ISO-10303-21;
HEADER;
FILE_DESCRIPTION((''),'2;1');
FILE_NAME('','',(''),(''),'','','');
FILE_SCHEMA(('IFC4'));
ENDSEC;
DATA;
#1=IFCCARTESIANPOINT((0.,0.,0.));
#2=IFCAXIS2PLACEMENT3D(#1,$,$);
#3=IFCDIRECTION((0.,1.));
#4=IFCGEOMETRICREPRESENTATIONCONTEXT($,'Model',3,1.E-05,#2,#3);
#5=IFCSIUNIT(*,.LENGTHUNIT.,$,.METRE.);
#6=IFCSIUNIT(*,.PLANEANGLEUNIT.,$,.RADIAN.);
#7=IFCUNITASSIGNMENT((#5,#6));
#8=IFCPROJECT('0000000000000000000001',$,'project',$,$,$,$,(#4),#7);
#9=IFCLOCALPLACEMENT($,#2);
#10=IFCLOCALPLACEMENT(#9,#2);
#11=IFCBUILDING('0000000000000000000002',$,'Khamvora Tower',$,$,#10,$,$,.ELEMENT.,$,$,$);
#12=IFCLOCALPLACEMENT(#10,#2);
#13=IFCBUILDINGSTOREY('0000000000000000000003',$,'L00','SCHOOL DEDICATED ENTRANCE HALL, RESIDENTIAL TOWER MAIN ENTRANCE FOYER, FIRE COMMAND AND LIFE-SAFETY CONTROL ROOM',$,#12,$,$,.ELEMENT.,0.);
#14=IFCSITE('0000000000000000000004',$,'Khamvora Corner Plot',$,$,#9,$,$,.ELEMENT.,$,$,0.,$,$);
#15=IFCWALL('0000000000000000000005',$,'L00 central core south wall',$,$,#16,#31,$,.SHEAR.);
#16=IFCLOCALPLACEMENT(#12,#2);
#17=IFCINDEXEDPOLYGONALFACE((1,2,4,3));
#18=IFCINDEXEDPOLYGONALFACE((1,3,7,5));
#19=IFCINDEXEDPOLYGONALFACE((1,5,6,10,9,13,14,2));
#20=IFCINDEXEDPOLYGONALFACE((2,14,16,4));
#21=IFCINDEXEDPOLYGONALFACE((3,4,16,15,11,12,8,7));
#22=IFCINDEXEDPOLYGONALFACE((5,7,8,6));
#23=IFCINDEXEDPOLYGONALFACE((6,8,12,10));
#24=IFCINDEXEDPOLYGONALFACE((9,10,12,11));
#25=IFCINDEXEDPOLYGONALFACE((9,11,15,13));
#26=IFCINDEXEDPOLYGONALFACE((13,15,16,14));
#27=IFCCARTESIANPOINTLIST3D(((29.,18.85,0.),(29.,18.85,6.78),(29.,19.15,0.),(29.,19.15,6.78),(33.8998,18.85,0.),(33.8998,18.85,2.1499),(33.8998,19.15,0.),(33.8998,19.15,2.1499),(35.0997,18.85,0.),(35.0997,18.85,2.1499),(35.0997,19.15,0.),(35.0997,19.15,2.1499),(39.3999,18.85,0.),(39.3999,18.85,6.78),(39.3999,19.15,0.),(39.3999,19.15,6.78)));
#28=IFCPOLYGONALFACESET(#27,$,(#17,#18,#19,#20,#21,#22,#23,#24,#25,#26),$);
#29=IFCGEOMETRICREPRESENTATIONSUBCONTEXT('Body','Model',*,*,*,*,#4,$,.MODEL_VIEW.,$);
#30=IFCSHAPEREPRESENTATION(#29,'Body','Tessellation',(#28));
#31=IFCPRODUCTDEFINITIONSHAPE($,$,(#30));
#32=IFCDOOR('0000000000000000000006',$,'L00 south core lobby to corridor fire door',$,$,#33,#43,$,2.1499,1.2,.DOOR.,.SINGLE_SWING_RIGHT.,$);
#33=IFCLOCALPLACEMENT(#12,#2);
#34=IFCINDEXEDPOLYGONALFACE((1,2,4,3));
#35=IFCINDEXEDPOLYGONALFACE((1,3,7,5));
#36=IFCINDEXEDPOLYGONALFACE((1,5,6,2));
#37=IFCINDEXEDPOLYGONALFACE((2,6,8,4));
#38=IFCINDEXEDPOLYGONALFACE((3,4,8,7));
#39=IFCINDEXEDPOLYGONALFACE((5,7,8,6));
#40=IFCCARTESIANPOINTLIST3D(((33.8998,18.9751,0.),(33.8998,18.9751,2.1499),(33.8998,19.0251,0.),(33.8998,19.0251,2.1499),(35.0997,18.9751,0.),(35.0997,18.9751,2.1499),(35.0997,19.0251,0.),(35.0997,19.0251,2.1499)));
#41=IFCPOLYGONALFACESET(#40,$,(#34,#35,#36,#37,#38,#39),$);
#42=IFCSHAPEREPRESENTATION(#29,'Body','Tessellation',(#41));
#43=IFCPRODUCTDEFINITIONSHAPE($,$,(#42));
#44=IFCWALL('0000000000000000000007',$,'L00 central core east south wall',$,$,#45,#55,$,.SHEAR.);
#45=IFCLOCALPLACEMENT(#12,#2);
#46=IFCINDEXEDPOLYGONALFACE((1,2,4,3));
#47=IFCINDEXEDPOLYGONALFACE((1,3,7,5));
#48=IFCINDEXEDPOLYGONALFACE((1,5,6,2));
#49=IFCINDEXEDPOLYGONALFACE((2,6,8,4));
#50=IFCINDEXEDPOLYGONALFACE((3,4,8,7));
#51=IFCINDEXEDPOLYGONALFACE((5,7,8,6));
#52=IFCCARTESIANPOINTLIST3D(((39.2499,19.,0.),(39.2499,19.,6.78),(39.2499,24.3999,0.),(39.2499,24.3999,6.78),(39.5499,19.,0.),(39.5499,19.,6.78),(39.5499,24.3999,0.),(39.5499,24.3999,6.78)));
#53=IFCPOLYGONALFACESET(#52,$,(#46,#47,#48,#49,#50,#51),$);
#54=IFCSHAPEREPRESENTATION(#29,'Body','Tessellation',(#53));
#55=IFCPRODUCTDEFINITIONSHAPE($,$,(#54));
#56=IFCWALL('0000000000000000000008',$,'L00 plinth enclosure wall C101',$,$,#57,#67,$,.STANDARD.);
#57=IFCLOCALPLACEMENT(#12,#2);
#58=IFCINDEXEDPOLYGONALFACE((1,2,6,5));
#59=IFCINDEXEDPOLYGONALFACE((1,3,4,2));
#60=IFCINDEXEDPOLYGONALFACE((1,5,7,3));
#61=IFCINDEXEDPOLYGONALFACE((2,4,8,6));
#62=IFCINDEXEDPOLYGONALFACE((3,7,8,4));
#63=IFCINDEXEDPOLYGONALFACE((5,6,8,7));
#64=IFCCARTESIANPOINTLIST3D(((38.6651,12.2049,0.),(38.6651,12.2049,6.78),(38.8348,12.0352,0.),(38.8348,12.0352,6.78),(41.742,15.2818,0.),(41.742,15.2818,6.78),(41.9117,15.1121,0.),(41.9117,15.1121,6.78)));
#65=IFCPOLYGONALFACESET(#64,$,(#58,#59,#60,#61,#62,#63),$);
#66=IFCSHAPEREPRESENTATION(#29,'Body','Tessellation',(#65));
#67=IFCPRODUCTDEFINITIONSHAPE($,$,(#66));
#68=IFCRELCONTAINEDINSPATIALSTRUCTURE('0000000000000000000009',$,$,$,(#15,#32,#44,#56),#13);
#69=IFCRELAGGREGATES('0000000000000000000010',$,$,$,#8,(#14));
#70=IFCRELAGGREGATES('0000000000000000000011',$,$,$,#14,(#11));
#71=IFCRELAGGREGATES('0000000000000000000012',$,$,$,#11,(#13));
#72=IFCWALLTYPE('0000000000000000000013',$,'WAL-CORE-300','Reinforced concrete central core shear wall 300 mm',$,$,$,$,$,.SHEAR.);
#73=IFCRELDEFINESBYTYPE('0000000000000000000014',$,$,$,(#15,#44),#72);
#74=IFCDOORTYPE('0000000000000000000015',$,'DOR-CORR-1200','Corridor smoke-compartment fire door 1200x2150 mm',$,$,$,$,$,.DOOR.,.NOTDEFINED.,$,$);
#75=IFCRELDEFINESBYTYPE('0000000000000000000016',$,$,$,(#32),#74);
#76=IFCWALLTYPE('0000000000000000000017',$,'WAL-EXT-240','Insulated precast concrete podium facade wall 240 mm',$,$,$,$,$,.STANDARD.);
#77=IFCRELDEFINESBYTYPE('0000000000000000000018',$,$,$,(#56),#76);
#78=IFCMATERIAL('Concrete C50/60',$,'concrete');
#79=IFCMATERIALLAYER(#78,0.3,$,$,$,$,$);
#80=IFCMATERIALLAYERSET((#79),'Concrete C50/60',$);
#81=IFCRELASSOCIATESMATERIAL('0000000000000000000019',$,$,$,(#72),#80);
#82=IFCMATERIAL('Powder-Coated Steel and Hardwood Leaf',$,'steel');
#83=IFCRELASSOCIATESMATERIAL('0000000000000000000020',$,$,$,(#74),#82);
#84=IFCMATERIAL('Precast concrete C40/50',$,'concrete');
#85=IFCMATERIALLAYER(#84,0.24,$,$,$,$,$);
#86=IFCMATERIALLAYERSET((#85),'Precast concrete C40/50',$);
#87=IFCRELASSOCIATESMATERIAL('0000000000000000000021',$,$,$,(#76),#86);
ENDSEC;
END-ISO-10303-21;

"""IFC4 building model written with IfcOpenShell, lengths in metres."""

from ifc_helpers import new_model, si_unit, direction, frame, frame_2d, origin, place, context, subcontext, project, spatial, rectangle, extrude, material, layer, layer_set, type_object, element, fill, save


model = new_model("IFC4")

# Units and contexts
model_context = context("Model", 3, precision=1e-05, world=origin(), true_north=direction((0.0, 1.0)))
body_context = subcontext(model_context, "Body", "Model", "MODEL_VIEW")
ifc_project = project(units=[si_unit("LENGTHUNIT", "METRE"), si_unit("PLANEANGLEUNIT", "RADIAN")], contexts=[model_context])

# Site, building, storey
site_placement = place(None, origin())
site = spatial("IfcSite", under=ifc_project, at=site_placement, Name="Khamvora Corner Plot", CompositionType="ELEMENT", RefElevation=0.0)
building_placement = place(site_placement, origin())
building = spatial("IfcBuilding", under=site, at=building_placement, Name="Khamvora Tower", CompositionType="ELEMENT")
storey_placement = place(building_placement, origin())
storey = spatial("IfcBuildingStorey", under=building, at=storey_placement, Name="L00", Description="SCHOOL DEDICATED ENTRANCE HALL, RESIDENTIAL TOWER MAIN ENTRANCE FOYER, FIRE COMMAND AND LIFE-SAFETY CONTROL ROOM", CompositionType="ELEMENT", Elevation=0.0)

# Wall, opening, door
ifc_material_1 = material(Name="Concrete C50/60", Category="concrete")
ifc_layer_1 = layer(ifc_material_1, 0.3)
ifc_layer_set_1 = layer_set([ifc_layer_1], Name="Concrete C50/60")
wall_type_1 = type_object("IfcWallType", Name="WAL-CORE-300", Description="Reinforced concrete central core shear wall 300 mm", PredefinedType="SHEAR", material=ifc_layer_set_1)
wall_1_placement = place(storey_placement, frame((39.3999, 19.0, 0.0), z_axis=(0.0, 0.0, 1.0), x_axis=(-1.0, 0.0, 0.0)))
wall_1 = element("IfcWall", 1, at=wall_1_placement, inside=storey, type_object=wall_type_1, Name="L00 central core south wall", PredefinedType="SHEAR", context=body_context, shape_type="SweptSolid", body=[
    extrude(rectangle(XDim=10.3999, YDim=0.3, at=frame_2d((5.2, 0.0))), origin(), (0.0, 0.0, 1.0), 6.78),
])
opening_1_placement = place(wall_1_placement, frame((4.3, 0.0, 0.0)))
opening_1 = element("IfcOpeningElement", 2, at=opening_1_placement, cuts=wall_1, PredefinedType="OPENING", context=body_context, shape_type="SweptSolid", body=[
    extrude(rectangle(XDim=1.2, YDim=2.1499, at=frame_2d((0.6001, 1.075))), frame((0.0, 0.1599, 0.0), z_axis=(0.0, -1.0, 0.0), x_axis=(1.0, 0.0, 0.0)), (0.0, 0.0, 1.0), 0.3201),
])
ifc_material_2 = material(Name="Powder-Coated Steel and Hardwood Leaf", Category="steel")
door_type_1 = type_object("IfcDoorType", Name="DOR-CORR-1200", Description="Corridor smoke-compartment fire door 1200x2150 mm", OperationType="NOTDEFINED", PredefinedType="DOOR", material=ifc_material_2)
door_1_placement = place(opening_1_placement, origin())
door_1 = element("IfcDoor", 3, at=door_1_placement, inside=storey, type_object=door_type_1, Name="L00 south core lobby to corridor fire door", OperationType="SINGLE_SWING_RIGHT", OverallHeight=2.1499, OverallWidth=1.2, PredefinedType="DOOR", context=body_context, shape_type="SweptSolid", body=[
    extrude(rectangle(XDim=1.2, YDim=2.1499, at=frame_2d((0.6001, 1.075))), frame((0.0, 0.0249, 0.0), z_axis=(0.0, -1.0, 0.0), x_axis=(1.0, 0.0, 0.0)), (0.0, 0.0, 1.0), 0.05),
])
fill(opening_1, door_1)

# Wall
wall_2_placement = place(storey_placement, frame((39.3999, 19.0, 0.0), z_axis=(0.0, 0.0, 1.0), x_axis=(0.0, 1.0, 0.0)))
element("IfcWall", 4, at=wall_2_placement, inside=storey, type_object=wall_type_1, Name="L00 central core east south wall", PredefinedType="SHEAR", context=body_context, shape_type="SweptSolid", body=[
    extrude(rectangle(XDim=5.3999, YDim=0.3, at=frame_2d((2.7, 0.0))), origin(), (0.0, 0.0, 1.0), 6.78),
])

# Wall
ifc_material_3 = material(Name="Precast concrete C40/50", Category="concrete")
ifc_layer_2 = layer(ifc_material_3, 0.24)
ifc_layer_set_2 = layer_set([ifc_layer_2], Name="Precast concrete C40/50")
wall_type_2 = type_object("IfcWallType", Name="WAL-EXT-240", Description="Insulated precast concrete podium facade wall 240 mm", PredefinedType="STANDARD", material=ifc_layer_set_2)
wall_3_placement = place(storey_placement, frame((41.8269, 15.197, 0.0), z_axis=(0.0, 0.0, 1.0), x_axis=(-0.707107, -0.707107, 0.0)))
element("IfcWall", 5, at=wall_3_placement, inside=storey, type_object=wall_type_2, Name="L00 plinth enclosure wall C101", PredefinedType="STANDARD", context=body_context, shape_type="SweptSolid", body=[
    extrude(rectangle(XDim=4.3513, YDim=0.24, at=frame_2d((2.1758, 0.0))), origin(), (0.0, 0.0, 1.0), 6.78),
])

save(model, "model.ifc")
